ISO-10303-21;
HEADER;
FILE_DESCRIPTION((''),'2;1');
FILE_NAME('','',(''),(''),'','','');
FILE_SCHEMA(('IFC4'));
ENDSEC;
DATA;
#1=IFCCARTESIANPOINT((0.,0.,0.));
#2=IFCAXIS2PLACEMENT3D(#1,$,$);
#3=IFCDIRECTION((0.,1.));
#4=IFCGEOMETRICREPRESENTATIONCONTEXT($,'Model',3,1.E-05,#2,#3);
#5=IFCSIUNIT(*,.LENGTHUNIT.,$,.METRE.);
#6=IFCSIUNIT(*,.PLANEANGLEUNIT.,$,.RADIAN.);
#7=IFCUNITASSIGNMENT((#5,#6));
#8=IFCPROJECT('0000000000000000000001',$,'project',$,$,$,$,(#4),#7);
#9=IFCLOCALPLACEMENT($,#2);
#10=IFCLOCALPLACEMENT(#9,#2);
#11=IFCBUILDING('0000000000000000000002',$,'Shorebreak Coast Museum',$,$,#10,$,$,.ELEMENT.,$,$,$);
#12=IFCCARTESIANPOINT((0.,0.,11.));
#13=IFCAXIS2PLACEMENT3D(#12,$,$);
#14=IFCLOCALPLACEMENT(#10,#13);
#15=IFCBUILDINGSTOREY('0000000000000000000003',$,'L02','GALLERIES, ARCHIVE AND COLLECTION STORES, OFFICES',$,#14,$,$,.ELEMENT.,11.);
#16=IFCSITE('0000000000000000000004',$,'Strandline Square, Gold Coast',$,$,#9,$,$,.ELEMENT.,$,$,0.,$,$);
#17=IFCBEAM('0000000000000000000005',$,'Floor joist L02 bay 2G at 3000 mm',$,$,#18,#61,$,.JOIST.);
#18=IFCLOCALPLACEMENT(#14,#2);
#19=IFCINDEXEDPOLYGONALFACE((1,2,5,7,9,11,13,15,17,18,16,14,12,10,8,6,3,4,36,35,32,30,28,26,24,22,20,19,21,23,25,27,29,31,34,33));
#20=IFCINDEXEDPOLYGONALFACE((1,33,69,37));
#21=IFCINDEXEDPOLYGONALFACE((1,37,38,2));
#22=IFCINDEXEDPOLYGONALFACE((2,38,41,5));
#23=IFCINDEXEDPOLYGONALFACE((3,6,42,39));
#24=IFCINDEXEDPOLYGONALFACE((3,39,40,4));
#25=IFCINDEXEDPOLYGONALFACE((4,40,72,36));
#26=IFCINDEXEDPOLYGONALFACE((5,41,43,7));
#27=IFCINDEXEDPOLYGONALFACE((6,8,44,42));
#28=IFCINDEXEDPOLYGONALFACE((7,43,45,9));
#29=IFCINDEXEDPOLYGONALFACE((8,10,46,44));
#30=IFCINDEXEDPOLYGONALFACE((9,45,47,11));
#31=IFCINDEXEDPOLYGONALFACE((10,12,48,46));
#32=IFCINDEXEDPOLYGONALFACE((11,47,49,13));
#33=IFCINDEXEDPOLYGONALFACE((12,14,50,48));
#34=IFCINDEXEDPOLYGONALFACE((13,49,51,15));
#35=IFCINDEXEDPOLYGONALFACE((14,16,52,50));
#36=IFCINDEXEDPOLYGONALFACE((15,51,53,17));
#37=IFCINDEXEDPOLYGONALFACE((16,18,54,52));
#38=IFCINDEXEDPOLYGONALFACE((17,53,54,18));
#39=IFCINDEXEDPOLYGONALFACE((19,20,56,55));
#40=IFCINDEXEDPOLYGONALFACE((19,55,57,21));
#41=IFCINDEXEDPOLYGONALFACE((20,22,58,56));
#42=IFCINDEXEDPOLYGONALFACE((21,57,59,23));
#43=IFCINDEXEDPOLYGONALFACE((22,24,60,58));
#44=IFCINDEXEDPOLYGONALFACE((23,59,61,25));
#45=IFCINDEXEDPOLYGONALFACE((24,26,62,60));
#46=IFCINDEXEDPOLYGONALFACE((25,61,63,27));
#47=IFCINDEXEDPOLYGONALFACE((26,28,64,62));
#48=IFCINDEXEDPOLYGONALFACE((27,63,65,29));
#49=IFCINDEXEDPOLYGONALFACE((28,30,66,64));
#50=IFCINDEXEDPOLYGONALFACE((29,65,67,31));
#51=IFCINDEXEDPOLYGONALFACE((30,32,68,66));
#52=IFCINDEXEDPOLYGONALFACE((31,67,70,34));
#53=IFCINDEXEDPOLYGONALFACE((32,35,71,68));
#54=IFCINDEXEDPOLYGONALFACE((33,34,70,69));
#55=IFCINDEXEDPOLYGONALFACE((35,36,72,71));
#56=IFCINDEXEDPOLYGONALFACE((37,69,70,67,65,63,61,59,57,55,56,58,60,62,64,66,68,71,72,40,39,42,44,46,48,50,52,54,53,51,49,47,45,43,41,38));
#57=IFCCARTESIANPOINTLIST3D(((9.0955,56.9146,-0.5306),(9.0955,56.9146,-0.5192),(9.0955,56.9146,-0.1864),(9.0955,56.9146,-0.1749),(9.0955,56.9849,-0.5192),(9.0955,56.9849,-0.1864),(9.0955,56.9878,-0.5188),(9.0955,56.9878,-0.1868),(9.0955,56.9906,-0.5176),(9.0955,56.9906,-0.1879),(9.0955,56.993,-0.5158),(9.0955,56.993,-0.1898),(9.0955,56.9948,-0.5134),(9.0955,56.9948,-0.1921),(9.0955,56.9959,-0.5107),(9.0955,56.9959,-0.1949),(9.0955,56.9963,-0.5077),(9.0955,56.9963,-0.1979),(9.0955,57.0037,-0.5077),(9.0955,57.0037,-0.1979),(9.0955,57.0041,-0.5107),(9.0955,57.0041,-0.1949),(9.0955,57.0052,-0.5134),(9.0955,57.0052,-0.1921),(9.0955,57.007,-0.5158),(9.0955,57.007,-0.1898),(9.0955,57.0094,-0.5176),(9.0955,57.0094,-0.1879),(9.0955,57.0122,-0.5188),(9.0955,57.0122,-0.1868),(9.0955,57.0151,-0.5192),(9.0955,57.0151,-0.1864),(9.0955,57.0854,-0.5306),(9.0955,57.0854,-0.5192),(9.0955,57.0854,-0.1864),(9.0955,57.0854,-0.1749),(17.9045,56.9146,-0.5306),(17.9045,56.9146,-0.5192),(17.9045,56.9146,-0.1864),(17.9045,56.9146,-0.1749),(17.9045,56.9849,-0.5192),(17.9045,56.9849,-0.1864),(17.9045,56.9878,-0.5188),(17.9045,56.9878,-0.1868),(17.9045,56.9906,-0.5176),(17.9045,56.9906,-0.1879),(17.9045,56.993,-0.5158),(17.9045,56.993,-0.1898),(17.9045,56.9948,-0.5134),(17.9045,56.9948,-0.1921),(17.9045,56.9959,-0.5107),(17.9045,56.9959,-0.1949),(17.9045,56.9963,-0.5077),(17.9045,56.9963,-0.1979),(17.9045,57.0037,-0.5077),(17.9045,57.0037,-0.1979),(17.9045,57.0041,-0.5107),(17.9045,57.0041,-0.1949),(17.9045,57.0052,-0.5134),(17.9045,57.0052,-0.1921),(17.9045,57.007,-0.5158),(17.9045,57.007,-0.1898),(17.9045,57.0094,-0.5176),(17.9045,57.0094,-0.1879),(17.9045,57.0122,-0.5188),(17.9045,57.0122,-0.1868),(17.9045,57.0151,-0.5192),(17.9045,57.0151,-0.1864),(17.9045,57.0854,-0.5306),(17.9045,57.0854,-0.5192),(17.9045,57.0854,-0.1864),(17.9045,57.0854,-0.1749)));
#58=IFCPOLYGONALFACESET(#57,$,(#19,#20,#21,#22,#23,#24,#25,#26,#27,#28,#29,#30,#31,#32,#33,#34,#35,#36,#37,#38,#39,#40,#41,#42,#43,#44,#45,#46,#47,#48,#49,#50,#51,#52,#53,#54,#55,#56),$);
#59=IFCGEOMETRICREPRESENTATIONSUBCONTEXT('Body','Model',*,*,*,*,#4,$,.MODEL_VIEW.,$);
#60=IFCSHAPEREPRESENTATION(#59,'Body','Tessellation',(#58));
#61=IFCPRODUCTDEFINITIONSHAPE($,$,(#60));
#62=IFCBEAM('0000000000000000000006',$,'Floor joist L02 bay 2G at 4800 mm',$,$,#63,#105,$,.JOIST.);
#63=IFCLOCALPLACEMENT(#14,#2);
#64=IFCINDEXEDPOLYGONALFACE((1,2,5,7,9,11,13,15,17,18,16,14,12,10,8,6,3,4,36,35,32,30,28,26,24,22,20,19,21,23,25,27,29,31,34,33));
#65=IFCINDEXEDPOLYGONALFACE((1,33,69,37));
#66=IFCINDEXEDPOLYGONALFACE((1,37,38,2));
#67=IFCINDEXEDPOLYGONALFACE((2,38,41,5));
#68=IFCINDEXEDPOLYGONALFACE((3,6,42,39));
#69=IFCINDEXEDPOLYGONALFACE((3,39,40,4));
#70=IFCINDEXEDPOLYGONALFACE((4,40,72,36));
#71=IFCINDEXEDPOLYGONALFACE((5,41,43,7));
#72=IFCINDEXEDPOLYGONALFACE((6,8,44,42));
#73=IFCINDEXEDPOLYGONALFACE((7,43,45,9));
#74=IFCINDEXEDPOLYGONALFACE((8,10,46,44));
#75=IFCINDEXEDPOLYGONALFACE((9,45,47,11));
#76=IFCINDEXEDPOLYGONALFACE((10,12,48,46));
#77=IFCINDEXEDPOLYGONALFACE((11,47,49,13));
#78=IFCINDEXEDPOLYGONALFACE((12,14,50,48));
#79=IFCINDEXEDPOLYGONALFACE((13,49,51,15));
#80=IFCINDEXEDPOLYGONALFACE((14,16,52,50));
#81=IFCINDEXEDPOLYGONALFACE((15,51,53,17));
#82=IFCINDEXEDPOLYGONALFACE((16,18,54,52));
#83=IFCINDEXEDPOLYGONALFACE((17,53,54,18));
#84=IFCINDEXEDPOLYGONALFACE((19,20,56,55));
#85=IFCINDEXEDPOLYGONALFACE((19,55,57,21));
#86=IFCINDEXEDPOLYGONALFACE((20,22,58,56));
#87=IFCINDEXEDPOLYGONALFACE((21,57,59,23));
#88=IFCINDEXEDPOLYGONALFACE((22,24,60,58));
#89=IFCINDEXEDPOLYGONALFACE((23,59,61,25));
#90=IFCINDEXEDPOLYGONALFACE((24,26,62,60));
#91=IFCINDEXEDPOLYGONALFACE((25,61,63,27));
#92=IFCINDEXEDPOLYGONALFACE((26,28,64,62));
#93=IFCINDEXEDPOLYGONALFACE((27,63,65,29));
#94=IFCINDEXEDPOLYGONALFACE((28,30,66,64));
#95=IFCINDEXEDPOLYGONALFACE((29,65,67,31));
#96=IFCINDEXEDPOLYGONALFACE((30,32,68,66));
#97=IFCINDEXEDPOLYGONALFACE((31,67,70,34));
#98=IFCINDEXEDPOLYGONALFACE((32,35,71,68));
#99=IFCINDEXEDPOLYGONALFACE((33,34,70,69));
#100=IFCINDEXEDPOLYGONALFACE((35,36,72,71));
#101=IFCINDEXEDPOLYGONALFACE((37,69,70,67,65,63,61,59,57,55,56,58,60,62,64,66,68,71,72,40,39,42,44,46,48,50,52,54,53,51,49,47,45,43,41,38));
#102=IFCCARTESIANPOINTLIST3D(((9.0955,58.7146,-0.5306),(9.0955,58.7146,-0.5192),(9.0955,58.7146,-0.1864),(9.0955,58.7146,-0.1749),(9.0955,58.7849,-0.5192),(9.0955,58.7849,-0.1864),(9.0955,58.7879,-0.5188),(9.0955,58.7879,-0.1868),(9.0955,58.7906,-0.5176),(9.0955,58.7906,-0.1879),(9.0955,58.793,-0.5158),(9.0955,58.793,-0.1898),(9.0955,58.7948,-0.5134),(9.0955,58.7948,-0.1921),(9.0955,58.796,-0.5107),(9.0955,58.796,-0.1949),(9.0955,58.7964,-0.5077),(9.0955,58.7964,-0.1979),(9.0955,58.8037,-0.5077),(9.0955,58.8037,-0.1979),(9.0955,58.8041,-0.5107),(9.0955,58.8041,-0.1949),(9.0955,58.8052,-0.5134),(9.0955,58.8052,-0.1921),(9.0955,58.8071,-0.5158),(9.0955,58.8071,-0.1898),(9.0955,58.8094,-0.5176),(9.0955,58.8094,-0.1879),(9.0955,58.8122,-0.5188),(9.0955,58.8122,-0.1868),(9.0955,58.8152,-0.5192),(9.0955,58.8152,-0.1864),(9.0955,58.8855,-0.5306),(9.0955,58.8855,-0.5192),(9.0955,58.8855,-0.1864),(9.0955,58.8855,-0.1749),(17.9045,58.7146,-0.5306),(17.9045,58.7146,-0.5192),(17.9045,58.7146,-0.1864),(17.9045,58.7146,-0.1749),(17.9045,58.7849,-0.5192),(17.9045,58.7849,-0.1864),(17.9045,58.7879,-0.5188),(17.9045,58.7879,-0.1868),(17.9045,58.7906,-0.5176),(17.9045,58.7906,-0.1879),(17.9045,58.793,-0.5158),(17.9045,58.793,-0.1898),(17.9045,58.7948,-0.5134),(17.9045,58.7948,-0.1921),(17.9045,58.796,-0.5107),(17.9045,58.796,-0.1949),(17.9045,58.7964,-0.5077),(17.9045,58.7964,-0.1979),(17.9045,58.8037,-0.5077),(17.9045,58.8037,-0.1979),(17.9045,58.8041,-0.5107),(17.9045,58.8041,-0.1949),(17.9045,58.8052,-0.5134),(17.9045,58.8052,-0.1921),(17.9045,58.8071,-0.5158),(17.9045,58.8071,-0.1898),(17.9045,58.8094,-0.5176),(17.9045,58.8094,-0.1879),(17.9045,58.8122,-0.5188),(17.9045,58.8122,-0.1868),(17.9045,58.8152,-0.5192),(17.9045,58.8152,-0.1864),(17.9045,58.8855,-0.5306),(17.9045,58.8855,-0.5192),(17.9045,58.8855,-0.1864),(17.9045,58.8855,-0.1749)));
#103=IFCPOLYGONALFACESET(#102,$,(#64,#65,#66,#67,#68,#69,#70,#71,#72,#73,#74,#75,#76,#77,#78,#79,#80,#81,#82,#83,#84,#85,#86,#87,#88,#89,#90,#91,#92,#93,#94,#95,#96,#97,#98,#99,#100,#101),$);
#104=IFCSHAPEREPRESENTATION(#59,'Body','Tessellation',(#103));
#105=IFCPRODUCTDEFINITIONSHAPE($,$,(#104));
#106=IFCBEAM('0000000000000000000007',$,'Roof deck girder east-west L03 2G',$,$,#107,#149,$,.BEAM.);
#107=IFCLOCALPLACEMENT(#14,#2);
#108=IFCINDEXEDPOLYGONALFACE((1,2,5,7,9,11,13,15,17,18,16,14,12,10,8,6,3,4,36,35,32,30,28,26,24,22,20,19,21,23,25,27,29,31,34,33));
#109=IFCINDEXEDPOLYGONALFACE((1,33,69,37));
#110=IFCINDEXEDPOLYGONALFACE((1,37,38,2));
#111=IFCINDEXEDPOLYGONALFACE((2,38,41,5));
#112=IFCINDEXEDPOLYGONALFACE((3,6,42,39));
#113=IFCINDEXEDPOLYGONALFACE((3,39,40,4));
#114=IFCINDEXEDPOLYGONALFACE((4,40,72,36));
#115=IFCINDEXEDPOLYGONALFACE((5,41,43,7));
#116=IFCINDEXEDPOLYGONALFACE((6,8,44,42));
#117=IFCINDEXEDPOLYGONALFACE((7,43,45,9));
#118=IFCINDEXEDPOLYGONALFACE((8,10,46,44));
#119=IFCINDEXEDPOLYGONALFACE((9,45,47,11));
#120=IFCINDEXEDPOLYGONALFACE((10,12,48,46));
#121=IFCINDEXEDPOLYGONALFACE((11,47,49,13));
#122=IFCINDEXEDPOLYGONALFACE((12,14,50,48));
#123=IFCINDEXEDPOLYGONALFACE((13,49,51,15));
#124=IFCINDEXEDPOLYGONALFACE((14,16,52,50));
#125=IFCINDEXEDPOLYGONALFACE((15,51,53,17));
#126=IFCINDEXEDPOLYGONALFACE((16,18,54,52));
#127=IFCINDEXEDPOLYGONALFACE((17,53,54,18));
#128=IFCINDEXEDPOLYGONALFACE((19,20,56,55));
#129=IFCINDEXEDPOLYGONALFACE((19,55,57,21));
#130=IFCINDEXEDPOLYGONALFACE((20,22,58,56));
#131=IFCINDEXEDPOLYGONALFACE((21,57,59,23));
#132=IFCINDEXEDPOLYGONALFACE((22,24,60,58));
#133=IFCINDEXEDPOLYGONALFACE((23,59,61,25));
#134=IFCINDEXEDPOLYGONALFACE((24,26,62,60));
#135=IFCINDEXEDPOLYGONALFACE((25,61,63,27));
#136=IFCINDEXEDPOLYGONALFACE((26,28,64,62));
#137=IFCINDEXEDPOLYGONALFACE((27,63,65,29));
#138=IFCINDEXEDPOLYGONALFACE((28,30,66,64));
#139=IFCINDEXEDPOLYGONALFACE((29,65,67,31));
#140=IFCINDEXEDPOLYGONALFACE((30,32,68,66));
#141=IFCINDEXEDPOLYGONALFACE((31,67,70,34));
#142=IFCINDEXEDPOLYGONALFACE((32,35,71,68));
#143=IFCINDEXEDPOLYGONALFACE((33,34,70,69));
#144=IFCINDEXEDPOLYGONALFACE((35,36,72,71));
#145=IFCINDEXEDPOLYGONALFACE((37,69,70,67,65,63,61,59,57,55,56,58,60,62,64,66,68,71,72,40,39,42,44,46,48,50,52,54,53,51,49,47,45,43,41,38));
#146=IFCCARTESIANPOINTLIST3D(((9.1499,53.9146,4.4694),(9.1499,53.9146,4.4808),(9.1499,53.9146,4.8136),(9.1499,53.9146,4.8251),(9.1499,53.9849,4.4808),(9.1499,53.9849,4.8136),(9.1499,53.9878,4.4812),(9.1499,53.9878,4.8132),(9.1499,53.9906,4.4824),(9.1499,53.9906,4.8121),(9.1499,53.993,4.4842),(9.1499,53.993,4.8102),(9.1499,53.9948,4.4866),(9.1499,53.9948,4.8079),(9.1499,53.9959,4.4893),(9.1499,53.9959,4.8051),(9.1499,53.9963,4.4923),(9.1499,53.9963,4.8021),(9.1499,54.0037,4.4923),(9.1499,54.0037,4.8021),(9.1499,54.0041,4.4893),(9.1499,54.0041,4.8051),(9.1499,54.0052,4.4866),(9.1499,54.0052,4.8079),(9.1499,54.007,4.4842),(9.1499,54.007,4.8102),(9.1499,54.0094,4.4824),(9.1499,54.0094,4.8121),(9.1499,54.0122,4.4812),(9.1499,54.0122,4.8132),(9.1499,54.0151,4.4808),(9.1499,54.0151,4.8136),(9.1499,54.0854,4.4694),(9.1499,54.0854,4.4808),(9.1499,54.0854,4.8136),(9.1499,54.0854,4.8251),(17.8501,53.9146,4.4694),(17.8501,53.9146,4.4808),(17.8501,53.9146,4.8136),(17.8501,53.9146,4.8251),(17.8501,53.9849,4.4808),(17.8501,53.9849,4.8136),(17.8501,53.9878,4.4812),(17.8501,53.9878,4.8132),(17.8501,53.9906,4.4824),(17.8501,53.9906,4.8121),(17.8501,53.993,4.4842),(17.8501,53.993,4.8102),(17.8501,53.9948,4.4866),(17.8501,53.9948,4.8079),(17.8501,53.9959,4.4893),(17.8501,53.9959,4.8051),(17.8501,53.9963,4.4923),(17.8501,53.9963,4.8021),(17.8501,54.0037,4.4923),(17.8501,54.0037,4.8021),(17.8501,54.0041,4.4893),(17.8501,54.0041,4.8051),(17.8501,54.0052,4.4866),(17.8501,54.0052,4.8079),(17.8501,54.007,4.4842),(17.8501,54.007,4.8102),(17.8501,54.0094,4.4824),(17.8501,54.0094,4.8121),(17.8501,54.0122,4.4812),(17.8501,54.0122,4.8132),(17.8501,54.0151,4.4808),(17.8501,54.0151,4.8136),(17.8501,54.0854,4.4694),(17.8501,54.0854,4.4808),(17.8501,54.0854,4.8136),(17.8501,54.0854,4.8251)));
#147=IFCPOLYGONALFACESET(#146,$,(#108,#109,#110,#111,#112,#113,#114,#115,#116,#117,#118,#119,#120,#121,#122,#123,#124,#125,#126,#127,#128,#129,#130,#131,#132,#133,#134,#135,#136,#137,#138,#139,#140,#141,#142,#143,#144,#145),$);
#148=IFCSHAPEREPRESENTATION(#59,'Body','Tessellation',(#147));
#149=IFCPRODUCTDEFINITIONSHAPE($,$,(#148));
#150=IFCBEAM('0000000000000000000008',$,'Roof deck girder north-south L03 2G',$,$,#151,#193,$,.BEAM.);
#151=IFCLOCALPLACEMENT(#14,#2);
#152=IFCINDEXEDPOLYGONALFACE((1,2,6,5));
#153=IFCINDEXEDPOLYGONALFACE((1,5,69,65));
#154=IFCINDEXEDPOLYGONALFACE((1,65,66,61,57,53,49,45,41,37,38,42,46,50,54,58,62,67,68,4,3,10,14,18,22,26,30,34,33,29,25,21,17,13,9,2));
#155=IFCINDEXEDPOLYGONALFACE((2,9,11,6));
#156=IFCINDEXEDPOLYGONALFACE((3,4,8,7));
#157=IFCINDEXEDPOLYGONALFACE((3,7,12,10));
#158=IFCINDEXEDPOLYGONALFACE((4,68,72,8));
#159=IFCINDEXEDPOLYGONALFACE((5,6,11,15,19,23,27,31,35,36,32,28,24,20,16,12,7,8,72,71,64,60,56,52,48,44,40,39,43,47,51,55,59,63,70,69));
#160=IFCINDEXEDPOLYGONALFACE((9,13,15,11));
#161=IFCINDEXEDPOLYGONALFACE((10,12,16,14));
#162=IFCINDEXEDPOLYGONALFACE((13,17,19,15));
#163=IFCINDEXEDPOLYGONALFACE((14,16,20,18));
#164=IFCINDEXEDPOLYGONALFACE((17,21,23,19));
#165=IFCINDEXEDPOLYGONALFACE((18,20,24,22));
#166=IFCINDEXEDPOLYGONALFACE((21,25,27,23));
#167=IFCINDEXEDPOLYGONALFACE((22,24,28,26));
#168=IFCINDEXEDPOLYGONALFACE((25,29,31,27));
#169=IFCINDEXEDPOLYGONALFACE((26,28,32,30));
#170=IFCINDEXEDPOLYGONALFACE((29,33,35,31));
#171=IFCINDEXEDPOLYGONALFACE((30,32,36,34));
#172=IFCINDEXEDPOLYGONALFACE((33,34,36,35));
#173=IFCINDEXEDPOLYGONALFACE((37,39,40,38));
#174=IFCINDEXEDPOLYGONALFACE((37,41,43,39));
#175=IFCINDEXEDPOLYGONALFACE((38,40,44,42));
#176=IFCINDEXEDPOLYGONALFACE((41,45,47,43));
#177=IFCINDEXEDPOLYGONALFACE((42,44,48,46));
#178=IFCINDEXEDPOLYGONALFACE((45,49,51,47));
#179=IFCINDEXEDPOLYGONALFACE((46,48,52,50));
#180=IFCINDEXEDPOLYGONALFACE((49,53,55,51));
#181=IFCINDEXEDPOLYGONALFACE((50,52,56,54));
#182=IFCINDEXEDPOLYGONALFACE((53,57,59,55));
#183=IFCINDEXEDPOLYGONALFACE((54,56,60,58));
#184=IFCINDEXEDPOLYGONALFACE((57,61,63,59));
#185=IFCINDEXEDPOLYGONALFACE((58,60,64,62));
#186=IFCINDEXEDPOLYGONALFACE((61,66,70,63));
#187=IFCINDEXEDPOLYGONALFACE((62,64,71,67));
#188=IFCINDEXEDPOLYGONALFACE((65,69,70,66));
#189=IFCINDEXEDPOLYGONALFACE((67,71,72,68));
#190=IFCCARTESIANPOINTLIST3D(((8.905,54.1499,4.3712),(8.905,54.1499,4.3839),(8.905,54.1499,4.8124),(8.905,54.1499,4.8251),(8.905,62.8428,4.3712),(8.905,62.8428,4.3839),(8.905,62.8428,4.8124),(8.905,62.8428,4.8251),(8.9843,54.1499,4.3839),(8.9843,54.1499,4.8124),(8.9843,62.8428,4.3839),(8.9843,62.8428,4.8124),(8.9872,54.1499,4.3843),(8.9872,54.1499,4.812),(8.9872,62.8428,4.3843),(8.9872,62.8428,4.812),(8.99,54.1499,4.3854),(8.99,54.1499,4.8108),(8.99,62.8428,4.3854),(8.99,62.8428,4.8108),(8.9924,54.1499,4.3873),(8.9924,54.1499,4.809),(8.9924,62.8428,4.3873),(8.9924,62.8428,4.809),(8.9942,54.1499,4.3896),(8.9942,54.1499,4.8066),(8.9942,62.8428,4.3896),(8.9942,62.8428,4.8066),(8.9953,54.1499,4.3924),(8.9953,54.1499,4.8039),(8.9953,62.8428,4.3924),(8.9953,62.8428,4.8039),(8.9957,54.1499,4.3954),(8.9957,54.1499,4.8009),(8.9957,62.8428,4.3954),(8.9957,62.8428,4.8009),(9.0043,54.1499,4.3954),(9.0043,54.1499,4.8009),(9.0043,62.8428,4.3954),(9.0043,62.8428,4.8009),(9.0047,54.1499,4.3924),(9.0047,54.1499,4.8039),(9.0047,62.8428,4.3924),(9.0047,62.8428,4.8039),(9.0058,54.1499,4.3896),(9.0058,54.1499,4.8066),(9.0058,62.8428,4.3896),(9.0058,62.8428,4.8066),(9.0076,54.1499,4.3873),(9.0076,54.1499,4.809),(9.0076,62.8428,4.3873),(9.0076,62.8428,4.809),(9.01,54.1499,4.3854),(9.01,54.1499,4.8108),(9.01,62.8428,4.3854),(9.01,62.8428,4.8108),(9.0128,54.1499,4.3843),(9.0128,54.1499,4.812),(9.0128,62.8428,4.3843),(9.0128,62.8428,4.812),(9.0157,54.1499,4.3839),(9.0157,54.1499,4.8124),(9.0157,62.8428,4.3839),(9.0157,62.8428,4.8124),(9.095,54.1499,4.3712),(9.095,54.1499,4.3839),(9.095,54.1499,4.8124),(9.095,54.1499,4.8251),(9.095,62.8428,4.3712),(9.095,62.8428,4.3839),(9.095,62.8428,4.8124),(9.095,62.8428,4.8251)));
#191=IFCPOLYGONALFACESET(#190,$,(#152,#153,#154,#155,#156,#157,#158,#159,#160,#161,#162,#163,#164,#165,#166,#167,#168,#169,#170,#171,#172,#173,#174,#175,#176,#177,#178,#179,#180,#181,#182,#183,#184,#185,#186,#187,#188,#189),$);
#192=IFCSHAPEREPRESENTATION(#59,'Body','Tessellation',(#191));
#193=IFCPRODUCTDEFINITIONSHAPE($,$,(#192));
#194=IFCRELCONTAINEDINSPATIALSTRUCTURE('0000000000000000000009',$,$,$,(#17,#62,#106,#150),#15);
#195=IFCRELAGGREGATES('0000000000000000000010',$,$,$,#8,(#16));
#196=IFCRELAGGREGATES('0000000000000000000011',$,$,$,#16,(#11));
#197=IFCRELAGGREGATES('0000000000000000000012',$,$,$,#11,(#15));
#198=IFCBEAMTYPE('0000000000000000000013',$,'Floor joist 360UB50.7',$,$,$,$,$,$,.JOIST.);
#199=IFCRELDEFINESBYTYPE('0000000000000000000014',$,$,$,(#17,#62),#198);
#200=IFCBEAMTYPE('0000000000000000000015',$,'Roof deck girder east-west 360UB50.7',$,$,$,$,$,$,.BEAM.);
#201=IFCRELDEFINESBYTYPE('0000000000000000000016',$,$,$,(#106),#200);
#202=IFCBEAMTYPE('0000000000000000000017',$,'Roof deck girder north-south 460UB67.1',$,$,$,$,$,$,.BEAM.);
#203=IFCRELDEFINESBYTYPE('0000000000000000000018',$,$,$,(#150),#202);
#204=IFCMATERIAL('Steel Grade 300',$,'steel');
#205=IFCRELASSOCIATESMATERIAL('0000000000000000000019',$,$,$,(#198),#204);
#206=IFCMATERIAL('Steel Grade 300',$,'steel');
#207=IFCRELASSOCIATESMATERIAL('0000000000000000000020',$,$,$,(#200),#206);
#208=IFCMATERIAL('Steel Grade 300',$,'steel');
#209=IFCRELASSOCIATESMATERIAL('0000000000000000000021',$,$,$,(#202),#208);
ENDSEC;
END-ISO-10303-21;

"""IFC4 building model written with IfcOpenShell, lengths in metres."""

from ifc_helpers import new_model, si_unit, direction, frame, origin, origin_2d, place, context, subcontext, project, spatial, i_section, extrude, material, material_profile, profile_set, type_object, element, save


model = new_model("IFC4")

# Units and contexts
model_context = context("Model", 3, precision=1e-05, world=origin(), true_north=direction((0.0, 1.0)))
body_context = subcontext(model_context, "Body", "Model", "MODEL_VIEW")
ifc_project = project(units=[si_unit("LENGTHUNIT", "METRE"), si_unit("PLANEANGLEUNIT", "RADIAN")], contexts=[model_context])

# Site, building, storey
site_placement = place(None, origin())
site = spatial("IfcSite", under=ifc_project, at=site_placement, Name="Strandline Square, Gold Coast", CompositionType="ELEMENT", RefElevation=0.0)
building_placement = place(site_placement, origin())
building = spatial("IfcBuilding", under=site, at=building_placement, Name="Shorebreak Coast Museum", CompositionType="ELEMENT")
storey_placement = place(building_placement, frame((0.0, 0.0, 11.0)))
storey = spatial("IfcBuildingStorey", under=building, at=storey_placement, Name="L02", Description="GALLERIES, ARCHIVE AND COLLECTION STORES, OFFICES", CompositionType="ELEMENT", Elevation=11.0)

# Beams
ifc_material_1 = material(Name="Steel Grade 300", Category="steel")
ifc_material_profile_1 = material_profile(ifc_material_1, i_section(OverallWidth=0.1709, OverallDepth=0.3557, WebThickness=0.0073, FlangeThickness=0.0115, FilletRadius=0.0115, at=origin_2d()), Name="360UB50.7")
ifc_profile_set_1 = profile_set([ifc_material_profile_1], Name="Steel Grade 300")
beam_type_1 = type_object("IfcBeamType", Name="Floor joist 360UB50.7", PredefinedType="JOIST", material=ifc_profile_set_1)
for number, where, z_axis, x_axis, name in (
    (1, (9.0955, 57.0, -0.3528), (1.0, 0.0, 0.0), (0.0, 1.0, 0.0), "Floor joist L02 bay 2G at 3000 mm"),
    (2, (9.0955, 58.8, -0.3528), (1.0, 0.0, 0.0), (0.0, 1.0, 0.0), "Floor joist L02 bay 2G at 4800 mm"),
):
    element("IfcBeam", number, at=place(storey_placement, frame(where, z_axis=z_axis, x_axis=x_axis)), inside=storey, type_object=beam_type_1, Name=name, PredefinedType="JOIST", context=body_context, shape_type="SweptSolid", body=[
        extrude(i_section(OverallWidth=0.1709, OverallDepth=0.3557, WebThickness=0.0073, FlangeThickness=0.0115, FilletRadius=0.0115, at=origin_2d()), origin(), (0.0, 0.0, 1.0), 8.8091),
    ])
ifc_material_2 = material(Name="Steel Grade 300", Category="steel")
ifc_material_profile_2 = material_profile(ifc_material_2, i_section(OverallWidth=0.1709, OverallDepth=0.3557, WebThickness=0.0073, FlangeThickness=0.0115, FilletRadius=0.0115, at=origin_2d()), Name="360UB50.7")
ifc_profile_set_2 = profile_set([ifc_material_profile_2], Name="Steel Grade 300")
beam_type_2 = type_object("IfcBeamType", Name="Roof deck girder east-west 360UB50.7", PredefinedType="BEAM", material=ifc_profile_set_2)
beam_1_placement = place(storey_placement, frame((9.1499, 54.0, 4.6472), z_axis=(1.0, 0.0, 0.0), x_axis=(0.0, 1.0, 0.0)))
element("IfcBeam", 3, at=beam_1_placement, inside=storey, type_object=beam_type_2, Name="Roof deck girder east-west L03 2G", PredefinedType="BEAM", context=body_context, shape_type="SweptSolid", body=[
    extrude(i_section(OverallWidth=0.1709, OverallDepth=0.3557, WebThickness=0.0073, FlangeThickness=0.0115, FilletRadius=0.0115, at=origin_2d()), origin(), (0.0, 0.0, 1.0), 8.7002),
])
ifc_material_3 = material(Name="Steel Grade 300", Category="steel")
ifc_material_profile_3 = material_profile(ifc_material_3, i_section(OverallWidth=0.1899, OverallDepth=0.4539, WebThickness=0.0085, FlangeThickness=0.0127, FilletRadius=0.0115, at=origin_2d()), Name="460UB67.1")
ifc_profile_set_3 = profile_set([ifc_material_profile_3], Name="Steel Grade 300")
beam_type_3 = type_object("IfcBeamType", Name="Roof deck girder north-south 460UB67.1", PredefinedType="BEAM", material=ifc_profile_set_3)
beam_2_placement = place(storey_placement, frame((9.0, 54.1499, 4.5981), z_axis=(0.0, 1.0, 0.0), x_axis=(-1.0, 0.0, 0.0)))
element("IfcBeam", 4, at=beam_2_placement, inside=storey, type_object=beam_type_3, Name="Roof deck girder north-south L03 2G", PredefinedType="BEAM", context=body_context, shape_type="SweptSolid", body=[
    extrude(i_section(OverallWidth=0.1899, OverallDepth=0.4539, WebThickness=0.0085, FlangeThickness=0.0127, FilletRadius=0.0115, at=origin_2d()), origin(), (0.0, 0.0, 1.0), 8.6929),
])

save(model, "model.ifc")
